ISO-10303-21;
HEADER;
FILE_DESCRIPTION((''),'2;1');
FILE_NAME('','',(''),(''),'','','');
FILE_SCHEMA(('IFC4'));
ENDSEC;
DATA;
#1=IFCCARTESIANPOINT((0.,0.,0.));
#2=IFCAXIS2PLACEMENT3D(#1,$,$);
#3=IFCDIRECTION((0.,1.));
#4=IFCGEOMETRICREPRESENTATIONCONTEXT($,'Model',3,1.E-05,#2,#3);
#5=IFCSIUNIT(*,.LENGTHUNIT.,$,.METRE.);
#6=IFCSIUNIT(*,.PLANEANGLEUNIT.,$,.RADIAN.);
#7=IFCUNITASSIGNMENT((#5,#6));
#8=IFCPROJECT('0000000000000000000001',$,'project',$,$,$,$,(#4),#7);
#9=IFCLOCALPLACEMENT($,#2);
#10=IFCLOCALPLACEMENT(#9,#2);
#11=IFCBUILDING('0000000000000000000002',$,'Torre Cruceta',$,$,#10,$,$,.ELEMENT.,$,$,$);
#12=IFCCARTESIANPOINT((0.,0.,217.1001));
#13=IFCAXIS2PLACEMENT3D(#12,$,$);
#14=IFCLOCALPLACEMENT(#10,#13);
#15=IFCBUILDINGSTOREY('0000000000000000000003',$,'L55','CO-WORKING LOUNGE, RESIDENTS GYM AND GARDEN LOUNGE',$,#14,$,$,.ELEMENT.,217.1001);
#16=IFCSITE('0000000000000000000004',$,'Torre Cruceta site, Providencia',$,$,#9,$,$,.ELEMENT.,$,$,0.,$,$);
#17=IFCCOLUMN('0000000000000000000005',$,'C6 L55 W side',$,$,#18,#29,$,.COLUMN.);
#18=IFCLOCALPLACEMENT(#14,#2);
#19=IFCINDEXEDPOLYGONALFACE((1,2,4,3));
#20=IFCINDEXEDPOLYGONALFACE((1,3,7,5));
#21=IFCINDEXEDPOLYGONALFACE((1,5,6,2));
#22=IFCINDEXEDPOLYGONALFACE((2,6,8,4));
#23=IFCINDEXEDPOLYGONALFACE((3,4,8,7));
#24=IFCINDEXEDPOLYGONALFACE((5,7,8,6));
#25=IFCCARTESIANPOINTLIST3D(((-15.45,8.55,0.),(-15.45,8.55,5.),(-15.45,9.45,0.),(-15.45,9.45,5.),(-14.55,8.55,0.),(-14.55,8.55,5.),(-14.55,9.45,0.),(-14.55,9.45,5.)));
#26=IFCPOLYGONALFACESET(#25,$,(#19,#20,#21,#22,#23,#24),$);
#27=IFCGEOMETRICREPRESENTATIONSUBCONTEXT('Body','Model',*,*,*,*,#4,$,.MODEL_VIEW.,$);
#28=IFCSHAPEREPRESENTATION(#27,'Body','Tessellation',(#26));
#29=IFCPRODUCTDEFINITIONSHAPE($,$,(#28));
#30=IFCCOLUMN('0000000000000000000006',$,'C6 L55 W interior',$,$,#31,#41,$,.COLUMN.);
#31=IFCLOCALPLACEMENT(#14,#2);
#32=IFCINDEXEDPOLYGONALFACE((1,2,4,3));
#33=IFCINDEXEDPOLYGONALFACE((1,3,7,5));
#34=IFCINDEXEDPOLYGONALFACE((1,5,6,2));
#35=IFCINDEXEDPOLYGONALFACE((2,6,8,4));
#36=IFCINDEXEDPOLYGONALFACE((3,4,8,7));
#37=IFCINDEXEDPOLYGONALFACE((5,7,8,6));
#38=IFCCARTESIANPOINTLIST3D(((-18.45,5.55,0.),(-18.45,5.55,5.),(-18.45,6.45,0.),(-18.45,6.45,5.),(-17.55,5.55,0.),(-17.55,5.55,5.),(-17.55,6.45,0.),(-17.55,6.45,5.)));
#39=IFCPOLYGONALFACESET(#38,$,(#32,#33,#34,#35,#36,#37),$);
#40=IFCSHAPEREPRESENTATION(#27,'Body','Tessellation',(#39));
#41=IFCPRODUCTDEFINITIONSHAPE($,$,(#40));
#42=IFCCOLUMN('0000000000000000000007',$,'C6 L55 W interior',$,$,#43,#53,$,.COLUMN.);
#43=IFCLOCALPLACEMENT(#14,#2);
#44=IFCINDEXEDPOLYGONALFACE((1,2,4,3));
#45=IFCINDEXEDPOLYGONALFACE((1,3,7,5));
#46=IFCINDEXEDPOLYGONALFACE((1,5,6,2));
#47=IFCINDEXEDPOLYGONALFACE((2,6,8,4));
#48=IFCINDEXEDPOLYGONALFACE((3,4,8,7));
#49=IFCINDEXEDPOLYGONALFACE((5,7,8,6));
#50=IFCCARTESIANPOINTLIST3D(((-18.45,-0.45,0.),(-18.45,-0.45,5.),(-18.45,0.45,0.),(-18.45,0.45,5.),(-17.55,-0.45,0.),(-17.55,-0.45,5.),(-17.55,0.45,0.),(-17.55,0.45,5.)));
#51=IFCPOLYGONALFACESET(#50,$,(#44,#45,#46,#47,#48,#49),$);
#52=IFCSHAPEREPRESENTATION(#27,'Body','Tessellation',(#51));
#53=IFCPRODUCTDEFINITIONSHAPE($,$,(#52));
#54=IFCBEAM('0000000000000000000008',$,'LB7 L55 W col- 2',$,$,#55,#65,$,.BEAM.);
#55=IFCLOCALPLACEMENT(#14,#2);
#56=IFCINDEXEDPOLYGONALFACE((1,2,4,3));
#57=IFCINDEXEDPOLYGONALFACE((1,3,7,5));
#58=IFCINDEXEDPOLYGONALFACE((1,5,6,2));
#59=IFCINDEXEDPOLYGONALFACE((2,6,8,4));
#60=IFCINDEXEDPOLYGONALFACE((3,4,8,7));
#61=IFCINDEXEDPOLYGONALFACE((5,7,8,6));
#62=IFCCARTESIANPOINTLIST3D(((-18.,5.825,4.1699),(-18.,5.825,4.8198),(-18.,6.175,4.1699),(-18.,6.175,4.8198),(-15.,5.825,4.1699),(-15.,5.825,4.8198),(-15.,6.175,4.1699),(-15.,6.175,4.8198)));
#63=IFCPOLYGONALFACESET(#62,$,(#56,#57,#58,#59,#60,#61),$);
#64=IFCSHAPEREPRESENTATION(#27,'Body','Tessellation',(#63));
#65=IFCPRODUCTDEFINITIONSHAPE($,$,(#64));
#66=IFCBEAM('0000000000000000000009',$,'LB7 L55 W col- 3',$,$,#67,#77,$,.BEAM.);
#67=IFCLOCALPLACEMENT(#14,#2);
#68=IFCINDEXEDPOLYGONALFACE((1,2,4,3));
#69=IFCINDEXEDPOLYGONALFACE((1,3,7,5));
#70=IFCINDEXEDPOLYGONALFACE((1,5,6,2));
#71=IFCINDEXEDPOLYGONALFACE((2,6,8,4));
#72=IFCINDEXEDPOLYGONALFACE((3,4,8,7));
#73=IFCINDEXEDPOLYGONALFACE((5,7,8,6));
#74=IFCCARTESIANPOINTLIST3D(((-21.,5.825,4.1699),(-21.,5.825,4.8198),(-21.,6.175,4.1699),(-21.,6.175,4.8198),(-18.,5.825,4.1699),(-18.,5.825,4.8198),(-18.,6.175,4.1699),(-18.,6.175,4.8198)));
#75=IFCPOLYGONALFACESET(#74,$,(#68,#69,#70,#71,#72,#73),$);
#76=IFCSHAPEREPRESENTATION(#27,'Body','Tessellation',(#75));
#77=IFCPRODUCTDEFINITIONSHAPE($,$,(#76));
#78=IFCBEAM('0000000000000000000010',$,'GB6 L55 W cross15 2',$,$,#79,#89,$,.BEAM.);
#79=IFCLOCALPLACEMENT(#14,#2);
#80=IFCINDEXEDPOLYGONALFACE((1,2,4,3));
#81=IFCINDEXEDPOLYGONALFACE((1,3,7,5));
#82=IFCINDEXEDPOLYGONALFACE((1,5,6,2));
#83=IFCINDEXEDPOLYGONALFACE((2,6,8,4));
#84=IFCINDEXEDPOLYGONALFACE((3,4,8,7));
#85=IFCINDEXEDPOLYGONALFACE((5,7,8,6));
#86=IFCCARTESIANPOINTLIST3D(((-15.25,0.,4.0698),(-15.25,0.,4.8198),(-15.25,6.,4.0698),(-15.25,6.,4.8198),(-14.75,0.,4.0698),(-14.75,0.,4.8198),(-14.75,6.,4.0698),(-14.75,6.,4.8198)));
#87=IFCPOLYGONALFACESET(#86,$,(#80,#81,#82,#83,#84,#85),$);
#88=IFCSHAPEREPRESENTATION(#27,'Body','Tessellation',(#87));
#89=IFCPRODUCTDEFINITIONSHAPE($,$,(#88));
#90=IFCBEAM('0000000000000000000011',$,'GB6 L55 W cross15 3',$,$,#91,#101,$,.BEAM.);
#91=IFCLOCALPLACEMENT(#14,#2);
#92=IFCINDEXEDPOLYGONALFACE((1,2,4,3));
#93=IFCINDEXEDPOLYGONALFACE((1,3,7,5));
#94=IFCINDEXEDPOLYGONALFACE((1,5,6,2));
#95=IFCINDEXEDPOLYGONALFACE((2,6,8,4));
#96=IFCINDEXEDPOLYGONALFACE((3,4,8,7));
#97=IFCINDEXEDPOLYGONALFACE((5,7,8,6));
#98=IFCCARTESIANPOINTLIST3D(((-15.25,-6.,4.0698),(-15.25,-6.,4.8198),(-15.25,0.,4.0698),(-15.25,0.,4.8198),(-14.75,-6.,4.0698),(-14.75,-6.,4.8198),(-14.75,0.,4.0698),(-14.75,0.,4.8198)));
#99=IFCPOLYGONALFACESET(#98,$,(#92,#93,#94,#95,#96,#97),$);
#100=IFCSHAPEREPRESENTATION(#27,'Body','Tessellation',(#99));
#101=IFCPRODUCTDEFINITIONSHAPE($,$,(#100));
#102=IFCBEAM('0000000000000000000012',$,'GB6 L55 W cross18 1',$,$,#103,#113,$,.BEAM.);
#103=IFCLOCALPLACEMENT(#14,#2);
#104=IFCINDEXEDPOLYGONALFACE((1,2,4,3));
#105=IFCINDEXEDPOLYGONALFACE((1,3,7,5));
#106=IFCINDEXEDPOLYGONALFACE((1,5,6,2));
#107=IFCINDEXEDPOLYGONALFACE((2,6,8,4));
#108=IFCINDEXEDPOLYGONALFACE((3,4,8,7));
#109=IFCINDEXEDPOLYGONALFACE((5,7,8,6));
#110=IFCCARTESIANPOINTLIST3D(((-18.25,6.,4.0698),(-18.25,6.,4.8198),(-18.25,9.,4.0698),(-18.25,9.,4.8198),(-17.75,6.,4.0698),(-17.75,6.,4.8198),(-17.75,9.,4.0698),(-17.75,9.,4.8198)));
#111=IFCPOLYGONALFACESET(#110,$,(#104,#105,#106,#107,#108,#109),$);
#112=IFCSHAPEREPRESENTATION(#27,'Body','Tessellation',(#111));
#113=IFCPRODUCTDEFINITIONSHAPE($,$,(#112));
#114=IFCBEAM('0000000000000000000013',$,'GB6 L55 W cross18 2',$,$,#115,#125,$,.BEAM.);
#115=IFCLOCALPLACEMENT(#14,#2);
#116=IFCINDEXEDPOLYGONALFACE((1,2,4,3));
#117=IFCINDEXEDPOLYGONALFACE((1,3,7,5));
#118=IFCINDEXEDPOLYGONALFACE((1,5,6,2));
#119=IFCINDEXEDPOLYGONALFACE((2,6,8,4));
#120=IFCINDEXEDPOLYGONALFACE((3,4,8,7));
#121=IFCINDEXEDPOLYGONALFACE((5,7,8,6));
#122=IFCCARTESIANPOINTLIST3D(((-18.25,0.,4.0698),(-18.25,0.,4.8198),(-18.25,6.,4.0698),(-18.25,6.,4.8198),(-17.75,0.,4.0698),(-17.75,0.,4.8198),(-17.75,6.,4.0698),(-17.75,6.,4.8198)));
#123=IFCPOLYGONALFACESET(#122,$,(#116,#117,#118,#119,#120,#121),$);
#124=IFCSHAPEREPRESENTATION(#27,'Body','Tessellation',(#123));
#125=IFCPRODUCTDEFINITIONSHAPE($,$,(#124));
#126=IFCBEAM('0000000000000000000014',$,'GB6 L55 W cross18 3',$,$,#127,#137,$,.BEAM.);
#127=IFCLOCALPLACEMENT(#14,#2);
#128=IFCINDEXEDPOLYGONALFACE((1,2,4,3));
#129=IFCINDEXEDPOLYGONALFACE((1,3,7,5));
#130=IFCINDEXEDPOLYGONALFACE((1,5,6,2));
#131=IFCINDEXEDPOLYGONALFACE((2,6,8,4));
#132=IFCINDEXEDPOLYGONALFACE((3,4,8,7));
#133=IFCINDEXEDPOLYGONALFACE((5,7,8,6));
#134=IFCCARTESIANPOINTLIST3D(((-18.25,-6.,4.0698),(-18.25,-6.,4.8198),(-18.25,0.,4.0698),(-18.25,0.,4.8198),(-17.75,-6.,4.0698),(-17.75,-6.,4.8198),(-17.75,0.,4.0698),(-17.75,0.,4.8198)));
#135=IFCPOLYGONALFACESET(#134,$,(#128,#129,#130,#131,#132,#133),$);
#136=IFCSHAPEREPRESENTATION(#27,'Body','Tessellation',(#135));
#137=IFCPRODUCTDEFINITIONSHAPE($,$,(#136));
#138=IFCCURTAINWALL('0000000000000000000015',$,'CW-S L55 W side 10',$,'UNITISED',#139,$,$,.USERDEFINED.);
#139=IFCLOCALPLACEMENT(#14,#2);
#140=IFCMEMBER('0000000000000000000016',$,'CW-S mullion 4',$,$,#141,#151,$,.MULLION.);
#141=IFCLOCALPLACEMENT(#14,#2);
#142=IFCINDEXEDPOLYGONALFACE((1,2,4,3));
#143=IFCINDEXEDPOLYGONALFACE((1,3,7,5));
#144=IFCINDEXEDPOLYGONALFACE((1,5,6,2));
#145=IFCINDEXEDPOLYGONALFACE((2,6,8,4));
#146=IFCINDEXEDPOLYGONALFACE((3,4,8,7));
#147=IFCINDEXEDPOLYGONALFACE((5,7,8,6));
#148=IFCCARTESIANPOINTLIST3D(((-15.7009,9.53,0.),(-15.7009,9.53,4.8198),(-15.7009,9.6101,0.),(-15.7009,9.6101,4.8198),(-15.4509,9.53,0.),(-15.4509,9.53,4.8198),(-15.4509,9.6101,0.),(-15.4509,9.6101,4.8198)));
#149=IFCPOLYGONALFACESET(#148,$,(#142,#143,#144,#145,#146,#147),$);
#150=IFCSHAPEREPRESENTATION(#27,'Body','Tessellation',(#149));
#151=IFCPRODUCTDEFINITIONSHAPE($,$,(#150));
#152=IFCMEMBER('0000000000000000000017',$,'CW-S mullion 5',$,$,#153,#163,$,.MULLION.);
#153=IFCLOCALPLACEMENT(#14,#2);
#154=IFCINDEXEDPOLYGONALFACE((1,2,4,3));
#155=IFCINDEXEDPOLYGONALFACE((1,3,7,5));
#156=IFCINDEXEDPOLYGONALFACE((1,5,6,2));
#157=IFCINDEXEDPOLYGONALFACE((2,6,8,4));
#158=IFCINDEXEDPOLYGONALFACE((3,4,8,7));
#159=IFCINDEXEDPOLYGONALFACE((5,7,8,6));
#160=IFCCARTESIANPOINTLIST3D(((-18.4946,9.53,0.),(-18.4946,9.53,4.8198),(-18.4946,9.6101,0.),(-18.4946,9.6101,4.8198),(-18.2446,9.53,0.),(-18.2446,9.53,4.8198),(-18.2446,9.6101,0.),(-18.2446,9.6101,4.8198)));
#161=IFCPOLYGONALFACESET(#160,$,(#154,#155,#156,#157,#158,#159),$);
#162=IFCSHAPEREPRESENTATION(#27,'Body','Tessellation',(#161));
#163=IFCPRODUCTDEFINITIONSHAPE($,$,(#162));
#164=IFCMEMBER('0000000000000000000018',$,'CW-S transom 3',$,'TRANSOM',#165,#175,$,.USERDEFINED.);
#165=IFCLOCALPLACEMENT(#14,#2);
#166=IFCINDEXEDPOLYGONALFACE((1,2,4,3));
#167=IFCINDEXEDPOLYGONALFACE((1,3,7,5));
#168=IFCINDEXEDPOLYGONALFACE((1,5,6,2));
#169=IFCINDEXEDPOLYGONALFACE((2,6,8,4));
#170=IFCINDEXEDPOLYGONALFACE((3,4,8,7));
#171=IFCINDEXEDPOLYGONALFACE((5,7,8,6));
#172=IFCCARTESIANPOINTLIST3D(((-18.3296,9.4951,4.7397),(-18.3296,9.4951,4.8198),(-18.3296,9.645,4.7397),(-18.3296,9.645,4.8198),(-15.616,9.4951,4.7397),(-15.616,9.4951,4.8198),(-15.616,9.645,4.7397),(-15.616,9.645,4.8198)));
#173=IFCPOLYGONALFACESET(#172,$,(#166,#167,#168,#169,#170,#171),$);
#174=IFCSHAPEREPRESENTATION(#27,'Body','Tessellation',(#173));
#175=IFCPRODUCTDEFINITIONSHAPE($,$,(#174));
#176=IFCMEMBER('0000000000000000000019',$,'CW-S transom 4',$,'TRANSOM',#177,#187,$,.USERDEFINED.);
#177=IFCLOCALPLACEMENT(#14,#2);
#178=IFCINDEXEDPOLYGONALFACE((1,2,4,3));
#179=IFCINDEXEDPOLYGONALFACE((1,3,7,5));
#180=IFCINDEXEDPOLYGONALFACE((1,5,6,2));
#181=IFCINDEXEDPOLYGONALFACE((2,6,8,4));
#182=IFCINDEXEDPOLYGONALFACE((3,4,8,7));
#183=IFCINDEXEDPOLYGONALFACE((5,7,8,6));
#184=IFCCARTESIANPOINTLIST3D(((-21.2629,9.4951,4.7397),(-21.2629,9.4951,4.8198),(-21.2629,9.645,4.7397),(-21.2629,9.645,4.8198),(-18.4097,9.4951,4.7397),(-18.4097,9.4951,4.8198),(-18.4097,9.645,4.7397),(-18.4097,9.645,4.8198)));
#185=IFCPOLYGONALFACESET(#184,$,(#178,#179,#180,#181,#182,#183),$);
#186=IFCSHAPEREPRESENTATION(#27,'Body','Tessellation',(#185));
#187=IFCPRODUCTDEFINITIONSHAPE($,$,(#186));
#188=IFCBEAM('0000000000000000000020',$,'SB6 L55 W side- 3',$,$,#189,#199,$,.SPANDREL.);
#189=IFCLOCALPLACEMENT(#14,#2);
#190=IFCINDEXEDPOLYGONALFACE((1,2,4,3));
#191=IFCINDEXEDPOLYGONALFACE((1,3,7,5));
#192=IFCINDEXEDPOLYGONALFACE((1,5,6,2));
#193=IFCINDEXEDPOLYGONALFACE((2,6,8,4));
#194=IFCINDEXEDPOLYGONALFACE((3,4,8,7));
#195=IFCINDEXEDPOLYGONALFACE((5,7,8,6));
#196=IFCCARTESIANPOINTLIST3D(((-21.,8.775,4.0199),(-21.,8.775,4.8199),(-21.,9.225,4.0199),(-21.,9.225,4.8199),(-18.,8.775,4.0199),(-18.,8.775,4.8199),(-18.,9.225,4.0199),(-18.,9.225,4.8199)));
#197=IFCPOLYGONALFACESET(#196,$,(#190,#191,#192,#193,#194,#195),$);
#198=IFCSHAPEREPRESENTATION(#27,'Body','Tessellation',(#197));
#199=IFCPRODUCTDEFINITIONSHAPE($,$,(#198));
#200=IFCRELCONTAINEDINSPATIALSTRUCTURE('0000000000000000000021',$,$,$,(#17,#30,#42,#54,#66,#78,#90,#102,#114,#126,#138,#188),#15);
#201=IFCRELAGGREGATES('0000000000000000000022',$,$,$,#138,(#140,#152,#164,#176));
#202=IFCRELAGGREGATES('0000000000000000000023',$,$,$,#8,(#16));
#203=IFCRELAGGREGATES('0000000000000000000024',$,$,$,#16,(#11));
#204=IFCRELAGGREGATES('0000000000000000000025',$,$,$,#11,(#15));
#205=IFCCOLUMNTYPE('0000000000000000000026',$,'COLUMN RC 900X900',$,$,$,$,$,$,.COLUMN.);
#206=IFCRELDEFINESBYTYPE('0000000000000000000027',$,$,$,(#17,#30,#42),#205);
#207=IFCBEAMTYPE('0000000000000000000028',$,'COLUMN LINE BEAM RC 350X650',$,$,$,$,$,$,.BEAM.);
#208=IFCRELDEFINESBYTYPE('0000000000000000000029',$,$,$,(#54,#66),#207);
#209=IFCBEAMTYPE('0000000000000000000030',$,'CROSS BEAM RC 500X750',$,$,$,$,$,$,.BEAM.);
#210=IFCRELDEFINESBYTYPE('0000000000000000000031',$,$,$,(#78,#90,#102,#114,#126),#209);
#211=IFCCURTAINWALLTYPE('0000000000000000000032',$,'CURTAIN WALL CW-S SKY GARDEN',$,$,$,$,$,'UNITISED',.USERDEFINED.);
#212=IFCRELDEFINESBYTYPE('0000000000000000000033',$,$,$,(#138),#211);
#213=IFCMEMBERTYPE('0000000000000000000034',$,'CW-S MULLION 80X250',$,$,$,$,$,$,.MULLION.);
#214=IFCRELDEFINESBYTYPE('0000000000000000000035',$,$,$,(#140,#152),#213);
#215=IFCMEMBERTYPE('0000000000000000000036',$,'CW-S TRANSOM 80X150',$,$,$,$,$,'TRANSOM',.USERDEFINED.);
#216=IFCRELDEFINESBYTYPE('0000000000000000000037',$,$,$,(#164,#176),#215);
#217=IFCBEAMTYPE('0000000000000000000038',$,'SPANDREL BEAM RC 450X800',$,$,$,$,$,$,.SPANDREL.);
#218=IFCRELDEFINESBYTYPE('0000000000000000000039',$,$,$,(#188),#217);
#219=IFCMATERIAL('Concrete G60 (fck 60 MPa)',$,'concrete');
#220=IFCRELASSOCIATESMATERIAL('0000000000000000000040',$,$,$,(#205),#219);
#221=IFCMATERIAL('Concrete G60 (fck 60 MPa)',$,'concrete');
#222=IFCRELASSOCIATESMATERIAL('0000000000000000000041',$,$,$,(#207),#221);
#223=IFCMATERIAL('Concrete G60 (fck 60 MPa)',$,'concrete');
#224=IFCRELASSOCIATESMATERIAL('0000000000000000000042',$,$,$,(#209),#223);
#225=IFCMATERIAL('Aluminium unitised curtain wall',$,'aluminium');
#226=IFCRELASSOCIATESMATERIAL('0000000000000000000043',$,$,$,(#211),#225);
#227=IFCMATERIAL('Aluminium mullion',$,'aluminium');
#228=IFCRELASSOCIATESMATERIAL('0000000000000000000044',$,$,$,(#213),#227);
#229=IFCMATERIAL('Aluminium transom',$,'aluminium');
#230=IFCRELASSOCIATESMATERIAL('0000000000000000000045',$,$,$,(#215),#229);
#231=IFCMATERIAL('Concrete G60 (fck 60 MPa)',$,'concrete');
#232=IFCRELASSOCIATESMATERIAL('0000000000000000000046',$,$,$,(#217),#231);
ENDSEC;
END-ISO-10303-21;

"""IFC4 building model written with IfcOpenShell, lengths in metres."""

from ifc_helpers import new_model, si_unit, direction, frame, origin, origin_2d, place, context, subcontext, project, spatial, rectangle, extrude, material, material_profile, profile_set, type_object, element, aggregate, save


model = new_model("IFC4")

# Units and contexts
model_context = context("Model", 3, precision=1e-05, world=origin(), true_north=direction((0.0, 1.0)))
body_context = subcontext(model_context, "Body", "Model", "MODEL_VIEW")
ifc_project = project(units=[si_unit("LENGTHUNIT", "METRE"), si_unit("PLANEANGLEUNIT", "RADIAN")], contexts=[model_context])

# Site, building, storey
site_placement = place(None, origin())
site = spatial("IfcSite", under=ifc_project, at=site_placement, Name="Torre Cruceta site, Providencia", CompositionType="ELEMENT", RefElevation=0.0)
building_placement = place(site_placement, origin())
building = spatial("IfcBuilding", under=site, at=building_placement, Name="Torre Cruceta", CompositionType="ELEMENT")
storey_placement = place(building_placement, frame((0.0, 0.0, 217.1001)))
storey = spatial("IfcBuildingStorey", under=building, at=storey_placement, Name="L55", Description="CO-WORKING LOUNGE, RESIDENTS GYM AND GARDEN LOUNGE", CompositionType="ELEMENT", Elevation=217.1001)

# Columns
ifc_material_1 = material(Name="Concrete G60 (fck 60 MPa)", Category="concrete")
ifc_material_profile_1 = material_profile(ifc_material_1, rectangle(XDim=0.8999, YDim=0.8999, at=origin_2d()), Name="RC 900X900")
ifc_profile_set_1 = profile_set([ifc_material_profile_1], Name="Concrete G60 (fck 60 MPa)")
column_type = type_object("IfcColumnType", Name="COLUMN RC 900X900", PredefinedType="COLUMN", material=ifc_profile_set_1)
for number, where, z_axis, x_axis, name in (
    (1, (-15.0, 9.0, 0.0), (0.0, 0.0, 1.0), (1.0, 0.0, 0.0), "C6 L55 W side"),
    (2, (-18.0, 6.0, 0.0), (0.0, 0.0, 1.0), (1.0, 0.0, 0.0), "C6 L55 W interior"),
    (3, (-18.0, 0.0, 0.0), (0.0, 0.0, 1.0), (1.0, 0.0, 0.0), "C6 L55 W interior"),
):
    element("IfcColumn", number, at=place(storey_placement, frame(where, z_axis=z_axis, x_axis=x_axis)), inside=storey, type_object=column_type, Name=name, PredefinedType="COLUMN", context=body_context, shape_type="SweptSolid", body=[
        extrude(rectangle(XDim=0.8999, YDim=0.8999, at=origin_2d()), origin(), (0.0, 0.0, 1.0), 5.0),
    ])

# Beams
ifc_material_2 = material(Name="Concrete G60 (fck 60 MPa)", Category="concrete")
ifc_material_profile_2 = material_profile(ifc_material_2, rectangle(XDim=0.3501, YDim=0.6499, at=origin_2d()), Name="RC 350X650")
ifc_profile_set_2 = profile_set([ifc_material_profile_2], Name="Concrete G60 (fck 60 MPa)")
beam_type_1 = type_object("IfcBeamType", Name="COLUMN LINE BEAM RC 350X650", PredefinedType="BEAM", material=ifc_profile_set_2)
for number, where, z_axis, x_axis, name in (
    (4, (-15.0, 6.0, 4.4949), (-1.0, 0.0, 0.0), (0.0, -1.0, 0.0), "LB7 L55 W col- 2"),
    (5, (-18.0, 6.0, 4.4949), (-1.0, 0.0, 0.0), (0.0, -1.0, 0.0), "LB7 L55 W col- 3"),
):
    element("IfcBeam", number, at=place(storey_placement, frame(where, z_axis=z_axis, x_axis=x_axis)), inside=storey, type_object=beam_type_1, Name=name, PredefinedType="BEAM", context=body_context, shape_type="SweptSolid", body=[
        extrude(rectangle(XDim=0.3501, YDim=0.6499, at=origin_2d()), origin(), (0.0, 0.0, 1.0), 3.0),
    ])
ifc_material_3 = material(Name="Concrete G60 (fck 60 MPa)", Category="concrete")
ifc_material_profile_3 = material_profile(ifc_material_3, rectangle(XDim=0.5, YDim=0.75, at=origin_2d()), Name="RC 500X750")
ifc_profile_set_3 = profile_set([ifc_material_profile_3], Name="Concrete G60 (fck 60 MPa)")
beam_type_2 = type_object("IfcBeamType", Name="CROSS BEAM RC 500X750", PredefinedType="BEAM", material=ifc_profile_set_3)
for number, where, z_axis, x_axis, name in (
    (6, (-15.0, 6.0, 4.4448), (0.0, -1.0, 0.0), (1.0, 0.0, 0.0), "GB6 L55 W cross15 2"),
    (7, (-15.0, 0.0, 4.4448), (0.0, -1.0, 0.0), (1.0, 0.0, 0.0), "GB6 L55 W cross15 3"),
):
    element("IfcBeam", number, at=place(storey_placement, frame(where, z_axis=z_axis, x_axis=x_axis)), inside=storey, type_object=beam_type_2, Name=name, PredefinedType="BEAM", context=body_context, shape_type="SweptSolid", body=[
        extrude(rectangle(XDim=0.5, YDim=0.75, at=origin_2d()), origin(), (0.0, 0.0, 1.0), 6.0),
    ])
beam_1_placement = place(storey_placement, frame((-18.0, 9.0, 4.4448), z_axis=(0.0, -1.0, 0.0), x_axis=(1.0, 0.0, 0.0)))
element("IfcBeam", 8, at=beam_1_placement, inside=storey, type_object=beam_type_2, Name="GB6 L55 W cross18 1", PredefinedType="BEAM", context=body_context, shape_type="SweptSolid", body=[
    extrude(rectangle(XDim=0.5, YDim=0.75, at=origin_2d()), origin(), (0.0, 0.0, 1.0), 3.0),
])
for number, where, z_axis, x_axis, name in (
    (9, (-18.0, 6.0, 4.4448), (0.0, -1.0, 0.0), (1.0, 0.0, 0.0), "GB6 L55 W cross18 2"),
    (10, (-18.0, 0.0, 4.4448), (0.0, -1.0, 0.0), (1.0, 0.0, 0.0), "GB6 L55 W cross18 3"),
):
    element("IfcBeam", number, at=place(storey_placement, frame(where, z_axis=z_axis, x_axis=x_axis)), inside=storey, type_object=beam_type_2, Name=name, PredefinedType="BEAM", context=body_context, shape_type="SweptSolid", body=[
        extrude(rectangle(XDim=0.5, YDim=0.75, at=origin_2d()), origin(), (0.0, 0.0, 1.0), 6.0),
    ])

# Curtain wall, members
ifc_material_4 = material(Name="Aluminium unitised curtain wall", Category="aluminium")
curtain_wall_type = type_object("IfcCurtainWallType", Name="CURTAIN WALL CW-S SKY GARDEN", ElementType="UNITISED", PredefinedType="USERDEFINED", material=ifc_material_4)
curtain_wall_placement = place(storey_placement, origin())
curtain_wall = element("IfcCurtainWall", 11, at=curtain_wall_placement, inside=storey, type_object=curtain_wall_type, Name="CW-S L55 W side 10", ObjectType="UNITISED", PredefinedType="USERDEFINED")
ifc_material_5 = material(Name="Aluminium mullion", Category="aluminium")
ifc_material_profile_4 = material_profile(ifc_material_5, rectangle(XDim=0.0801, YDim=0.25, at=origin_2d()), Name="AL 80X250")
ifc_profile_set_4 = profile_set([ifc_material_profile_4], Name="Aluminium mullion")
member_type_1 = type_object("IfcMemberType", Name="CW-S MULLION 80X250", PredefinedType="MULLION", material=ifc_profile_set_4)
member_1_placement = place(storey_placement, frame((-15.5759, 9.5701, 0.0), z_axis=(0.0, 0.0, 1.0), x_axis=(0.0, -1.0, 0.0)))
member_1 = element("IfcMember", 12, at=member_1_placement, type_object=member_type_1, Name="CW-S mullion 4", PredefinedType="MULLION", context=body_context, shape_type="SweptSolid", body=[
    extrude(rectangle(XDim=0.0801, YDim=0.25, at=origin_2d()), origin(), (0.0, 0.0, 1.0), 4.8198),
])
member_2_placement = place(storey_placement, frame((-18.3696, 9.5701, 0.0), z_axis=(0.0, 0.0, 1.0), x_axis=(0.0, -1.0, 0.0)))
member_2 = element("IfcMember", 13, at=member_2_placement, type_object=member_type_1, Name="CW-S mullion 5", PredefinedType="MULLION", context=body_context, shape_type="SweptSolid", body=[
    extrude(rectangle(XDim=0.0801, YDim=0.25, at=origin_2d()), origin(), (0.0, 0.0, 1.0), 4.8198),
])
ifc_material_6 = material(Name="Aluminium transom", Category="aluminium")
ifc_material_profile_5 = material_profile(ifc_material_6, rectangle(XDim=0.1499, YDim=0.0801, at=origin_2d()), Name="AL 150X80")
ifc_profile_set_5 = profile_set([ifc_material_profile_5], Name="Aluminium transom")
member_type_2 = type_object("IfcMemberType", Name="CW-S TRANSOM 80X150", ElementType="TRANSOM", PredefinedType="USERDEFINED", material=ifc_profile_set_5)
member_3_placement = place(storey_placement, frame((-15.616, 9.5701, 4.7798), z_axis=(-1.0, 0.0, 0.0), x_axis=(0.0, -1.0, 0.0)))
member_3 = element("IfcMember", 14, at=member_3_placement, type_object=member_type_2, Name="CW-S transom 3", ObjectType="TRANSOM", PredefinedType="USERDEFINED", context=body_context, shape_type="SweptSolid", body=[
    extrude(rectangle(XDim=0.1499, YDim=0.0801, at=origin_2d()), origin(), (0.0, 0.0, 1.0), 2.7136),
])
member_4_placement = place(storey_placement, frame((-18.4097, 9.5701, 4.7798), z_axis=(-1.0, 0.0, 0.0), x_axis=(0.0, -1.0, 0.0)))
member_4 = element("IfcMember", 15, at=member_4_placement, type_object=member_type_2, Name="CW-S transom 4", ObjectType="TRANSOM", PredefinedType="USERDEFINED", context=body_context, shape_type="SweptSolid", body=[
    extrude(rectangle(XDim=0.1499, YDim=0.0801, at=origin_2d()), origin(), (0.0, 0.0, 1.0), 2.8533),
])

# Beam
ifc_material_7 = material(Name="Concrete G60 (fck 60 MPa)", Category="concrete")
ifc_material_profile_6 = material_profile(ifc_material_7, rectangle(XDim=0.45, YDim=0.8, at=origin_2d()), Name="RC 450X800")
ifc_profile_set_6 = profile_set([ifc_material_profile_6], Name="Concrete G60 (fck 60 MPa)")
beam_type_3 = type_object("IfcBeamType", Name="SPANDREL BEAM RC 450X800", PredefinedType="SPANDREL", material=ifc_profile_set_6)
beam_2_placement = place(storey_placement, frame((-18.0, 9.0, 4.4199), z_axis=(-1.0, 0.0, 0.0), x_axis=(0.0, -1.0, 0.0)))
element("IfcBeam", 16, at=beam_2_placement, inside=storey, type_object=beam_type_3, Name="SB6 L55 W side- 3", PredefinedType="SPANDREL", context=body_context, shape_type="SweptSolid", body=[
    extrude(rectangle(XDim=0.45, YDim=0.8, at=origin_2d()), origin(), (0.0, 0.0, 1.0), 3.0),
])

aggregate(curtain_wall, [member_1, member_2, member_3, member_4])

save(model, "model.ifc")
